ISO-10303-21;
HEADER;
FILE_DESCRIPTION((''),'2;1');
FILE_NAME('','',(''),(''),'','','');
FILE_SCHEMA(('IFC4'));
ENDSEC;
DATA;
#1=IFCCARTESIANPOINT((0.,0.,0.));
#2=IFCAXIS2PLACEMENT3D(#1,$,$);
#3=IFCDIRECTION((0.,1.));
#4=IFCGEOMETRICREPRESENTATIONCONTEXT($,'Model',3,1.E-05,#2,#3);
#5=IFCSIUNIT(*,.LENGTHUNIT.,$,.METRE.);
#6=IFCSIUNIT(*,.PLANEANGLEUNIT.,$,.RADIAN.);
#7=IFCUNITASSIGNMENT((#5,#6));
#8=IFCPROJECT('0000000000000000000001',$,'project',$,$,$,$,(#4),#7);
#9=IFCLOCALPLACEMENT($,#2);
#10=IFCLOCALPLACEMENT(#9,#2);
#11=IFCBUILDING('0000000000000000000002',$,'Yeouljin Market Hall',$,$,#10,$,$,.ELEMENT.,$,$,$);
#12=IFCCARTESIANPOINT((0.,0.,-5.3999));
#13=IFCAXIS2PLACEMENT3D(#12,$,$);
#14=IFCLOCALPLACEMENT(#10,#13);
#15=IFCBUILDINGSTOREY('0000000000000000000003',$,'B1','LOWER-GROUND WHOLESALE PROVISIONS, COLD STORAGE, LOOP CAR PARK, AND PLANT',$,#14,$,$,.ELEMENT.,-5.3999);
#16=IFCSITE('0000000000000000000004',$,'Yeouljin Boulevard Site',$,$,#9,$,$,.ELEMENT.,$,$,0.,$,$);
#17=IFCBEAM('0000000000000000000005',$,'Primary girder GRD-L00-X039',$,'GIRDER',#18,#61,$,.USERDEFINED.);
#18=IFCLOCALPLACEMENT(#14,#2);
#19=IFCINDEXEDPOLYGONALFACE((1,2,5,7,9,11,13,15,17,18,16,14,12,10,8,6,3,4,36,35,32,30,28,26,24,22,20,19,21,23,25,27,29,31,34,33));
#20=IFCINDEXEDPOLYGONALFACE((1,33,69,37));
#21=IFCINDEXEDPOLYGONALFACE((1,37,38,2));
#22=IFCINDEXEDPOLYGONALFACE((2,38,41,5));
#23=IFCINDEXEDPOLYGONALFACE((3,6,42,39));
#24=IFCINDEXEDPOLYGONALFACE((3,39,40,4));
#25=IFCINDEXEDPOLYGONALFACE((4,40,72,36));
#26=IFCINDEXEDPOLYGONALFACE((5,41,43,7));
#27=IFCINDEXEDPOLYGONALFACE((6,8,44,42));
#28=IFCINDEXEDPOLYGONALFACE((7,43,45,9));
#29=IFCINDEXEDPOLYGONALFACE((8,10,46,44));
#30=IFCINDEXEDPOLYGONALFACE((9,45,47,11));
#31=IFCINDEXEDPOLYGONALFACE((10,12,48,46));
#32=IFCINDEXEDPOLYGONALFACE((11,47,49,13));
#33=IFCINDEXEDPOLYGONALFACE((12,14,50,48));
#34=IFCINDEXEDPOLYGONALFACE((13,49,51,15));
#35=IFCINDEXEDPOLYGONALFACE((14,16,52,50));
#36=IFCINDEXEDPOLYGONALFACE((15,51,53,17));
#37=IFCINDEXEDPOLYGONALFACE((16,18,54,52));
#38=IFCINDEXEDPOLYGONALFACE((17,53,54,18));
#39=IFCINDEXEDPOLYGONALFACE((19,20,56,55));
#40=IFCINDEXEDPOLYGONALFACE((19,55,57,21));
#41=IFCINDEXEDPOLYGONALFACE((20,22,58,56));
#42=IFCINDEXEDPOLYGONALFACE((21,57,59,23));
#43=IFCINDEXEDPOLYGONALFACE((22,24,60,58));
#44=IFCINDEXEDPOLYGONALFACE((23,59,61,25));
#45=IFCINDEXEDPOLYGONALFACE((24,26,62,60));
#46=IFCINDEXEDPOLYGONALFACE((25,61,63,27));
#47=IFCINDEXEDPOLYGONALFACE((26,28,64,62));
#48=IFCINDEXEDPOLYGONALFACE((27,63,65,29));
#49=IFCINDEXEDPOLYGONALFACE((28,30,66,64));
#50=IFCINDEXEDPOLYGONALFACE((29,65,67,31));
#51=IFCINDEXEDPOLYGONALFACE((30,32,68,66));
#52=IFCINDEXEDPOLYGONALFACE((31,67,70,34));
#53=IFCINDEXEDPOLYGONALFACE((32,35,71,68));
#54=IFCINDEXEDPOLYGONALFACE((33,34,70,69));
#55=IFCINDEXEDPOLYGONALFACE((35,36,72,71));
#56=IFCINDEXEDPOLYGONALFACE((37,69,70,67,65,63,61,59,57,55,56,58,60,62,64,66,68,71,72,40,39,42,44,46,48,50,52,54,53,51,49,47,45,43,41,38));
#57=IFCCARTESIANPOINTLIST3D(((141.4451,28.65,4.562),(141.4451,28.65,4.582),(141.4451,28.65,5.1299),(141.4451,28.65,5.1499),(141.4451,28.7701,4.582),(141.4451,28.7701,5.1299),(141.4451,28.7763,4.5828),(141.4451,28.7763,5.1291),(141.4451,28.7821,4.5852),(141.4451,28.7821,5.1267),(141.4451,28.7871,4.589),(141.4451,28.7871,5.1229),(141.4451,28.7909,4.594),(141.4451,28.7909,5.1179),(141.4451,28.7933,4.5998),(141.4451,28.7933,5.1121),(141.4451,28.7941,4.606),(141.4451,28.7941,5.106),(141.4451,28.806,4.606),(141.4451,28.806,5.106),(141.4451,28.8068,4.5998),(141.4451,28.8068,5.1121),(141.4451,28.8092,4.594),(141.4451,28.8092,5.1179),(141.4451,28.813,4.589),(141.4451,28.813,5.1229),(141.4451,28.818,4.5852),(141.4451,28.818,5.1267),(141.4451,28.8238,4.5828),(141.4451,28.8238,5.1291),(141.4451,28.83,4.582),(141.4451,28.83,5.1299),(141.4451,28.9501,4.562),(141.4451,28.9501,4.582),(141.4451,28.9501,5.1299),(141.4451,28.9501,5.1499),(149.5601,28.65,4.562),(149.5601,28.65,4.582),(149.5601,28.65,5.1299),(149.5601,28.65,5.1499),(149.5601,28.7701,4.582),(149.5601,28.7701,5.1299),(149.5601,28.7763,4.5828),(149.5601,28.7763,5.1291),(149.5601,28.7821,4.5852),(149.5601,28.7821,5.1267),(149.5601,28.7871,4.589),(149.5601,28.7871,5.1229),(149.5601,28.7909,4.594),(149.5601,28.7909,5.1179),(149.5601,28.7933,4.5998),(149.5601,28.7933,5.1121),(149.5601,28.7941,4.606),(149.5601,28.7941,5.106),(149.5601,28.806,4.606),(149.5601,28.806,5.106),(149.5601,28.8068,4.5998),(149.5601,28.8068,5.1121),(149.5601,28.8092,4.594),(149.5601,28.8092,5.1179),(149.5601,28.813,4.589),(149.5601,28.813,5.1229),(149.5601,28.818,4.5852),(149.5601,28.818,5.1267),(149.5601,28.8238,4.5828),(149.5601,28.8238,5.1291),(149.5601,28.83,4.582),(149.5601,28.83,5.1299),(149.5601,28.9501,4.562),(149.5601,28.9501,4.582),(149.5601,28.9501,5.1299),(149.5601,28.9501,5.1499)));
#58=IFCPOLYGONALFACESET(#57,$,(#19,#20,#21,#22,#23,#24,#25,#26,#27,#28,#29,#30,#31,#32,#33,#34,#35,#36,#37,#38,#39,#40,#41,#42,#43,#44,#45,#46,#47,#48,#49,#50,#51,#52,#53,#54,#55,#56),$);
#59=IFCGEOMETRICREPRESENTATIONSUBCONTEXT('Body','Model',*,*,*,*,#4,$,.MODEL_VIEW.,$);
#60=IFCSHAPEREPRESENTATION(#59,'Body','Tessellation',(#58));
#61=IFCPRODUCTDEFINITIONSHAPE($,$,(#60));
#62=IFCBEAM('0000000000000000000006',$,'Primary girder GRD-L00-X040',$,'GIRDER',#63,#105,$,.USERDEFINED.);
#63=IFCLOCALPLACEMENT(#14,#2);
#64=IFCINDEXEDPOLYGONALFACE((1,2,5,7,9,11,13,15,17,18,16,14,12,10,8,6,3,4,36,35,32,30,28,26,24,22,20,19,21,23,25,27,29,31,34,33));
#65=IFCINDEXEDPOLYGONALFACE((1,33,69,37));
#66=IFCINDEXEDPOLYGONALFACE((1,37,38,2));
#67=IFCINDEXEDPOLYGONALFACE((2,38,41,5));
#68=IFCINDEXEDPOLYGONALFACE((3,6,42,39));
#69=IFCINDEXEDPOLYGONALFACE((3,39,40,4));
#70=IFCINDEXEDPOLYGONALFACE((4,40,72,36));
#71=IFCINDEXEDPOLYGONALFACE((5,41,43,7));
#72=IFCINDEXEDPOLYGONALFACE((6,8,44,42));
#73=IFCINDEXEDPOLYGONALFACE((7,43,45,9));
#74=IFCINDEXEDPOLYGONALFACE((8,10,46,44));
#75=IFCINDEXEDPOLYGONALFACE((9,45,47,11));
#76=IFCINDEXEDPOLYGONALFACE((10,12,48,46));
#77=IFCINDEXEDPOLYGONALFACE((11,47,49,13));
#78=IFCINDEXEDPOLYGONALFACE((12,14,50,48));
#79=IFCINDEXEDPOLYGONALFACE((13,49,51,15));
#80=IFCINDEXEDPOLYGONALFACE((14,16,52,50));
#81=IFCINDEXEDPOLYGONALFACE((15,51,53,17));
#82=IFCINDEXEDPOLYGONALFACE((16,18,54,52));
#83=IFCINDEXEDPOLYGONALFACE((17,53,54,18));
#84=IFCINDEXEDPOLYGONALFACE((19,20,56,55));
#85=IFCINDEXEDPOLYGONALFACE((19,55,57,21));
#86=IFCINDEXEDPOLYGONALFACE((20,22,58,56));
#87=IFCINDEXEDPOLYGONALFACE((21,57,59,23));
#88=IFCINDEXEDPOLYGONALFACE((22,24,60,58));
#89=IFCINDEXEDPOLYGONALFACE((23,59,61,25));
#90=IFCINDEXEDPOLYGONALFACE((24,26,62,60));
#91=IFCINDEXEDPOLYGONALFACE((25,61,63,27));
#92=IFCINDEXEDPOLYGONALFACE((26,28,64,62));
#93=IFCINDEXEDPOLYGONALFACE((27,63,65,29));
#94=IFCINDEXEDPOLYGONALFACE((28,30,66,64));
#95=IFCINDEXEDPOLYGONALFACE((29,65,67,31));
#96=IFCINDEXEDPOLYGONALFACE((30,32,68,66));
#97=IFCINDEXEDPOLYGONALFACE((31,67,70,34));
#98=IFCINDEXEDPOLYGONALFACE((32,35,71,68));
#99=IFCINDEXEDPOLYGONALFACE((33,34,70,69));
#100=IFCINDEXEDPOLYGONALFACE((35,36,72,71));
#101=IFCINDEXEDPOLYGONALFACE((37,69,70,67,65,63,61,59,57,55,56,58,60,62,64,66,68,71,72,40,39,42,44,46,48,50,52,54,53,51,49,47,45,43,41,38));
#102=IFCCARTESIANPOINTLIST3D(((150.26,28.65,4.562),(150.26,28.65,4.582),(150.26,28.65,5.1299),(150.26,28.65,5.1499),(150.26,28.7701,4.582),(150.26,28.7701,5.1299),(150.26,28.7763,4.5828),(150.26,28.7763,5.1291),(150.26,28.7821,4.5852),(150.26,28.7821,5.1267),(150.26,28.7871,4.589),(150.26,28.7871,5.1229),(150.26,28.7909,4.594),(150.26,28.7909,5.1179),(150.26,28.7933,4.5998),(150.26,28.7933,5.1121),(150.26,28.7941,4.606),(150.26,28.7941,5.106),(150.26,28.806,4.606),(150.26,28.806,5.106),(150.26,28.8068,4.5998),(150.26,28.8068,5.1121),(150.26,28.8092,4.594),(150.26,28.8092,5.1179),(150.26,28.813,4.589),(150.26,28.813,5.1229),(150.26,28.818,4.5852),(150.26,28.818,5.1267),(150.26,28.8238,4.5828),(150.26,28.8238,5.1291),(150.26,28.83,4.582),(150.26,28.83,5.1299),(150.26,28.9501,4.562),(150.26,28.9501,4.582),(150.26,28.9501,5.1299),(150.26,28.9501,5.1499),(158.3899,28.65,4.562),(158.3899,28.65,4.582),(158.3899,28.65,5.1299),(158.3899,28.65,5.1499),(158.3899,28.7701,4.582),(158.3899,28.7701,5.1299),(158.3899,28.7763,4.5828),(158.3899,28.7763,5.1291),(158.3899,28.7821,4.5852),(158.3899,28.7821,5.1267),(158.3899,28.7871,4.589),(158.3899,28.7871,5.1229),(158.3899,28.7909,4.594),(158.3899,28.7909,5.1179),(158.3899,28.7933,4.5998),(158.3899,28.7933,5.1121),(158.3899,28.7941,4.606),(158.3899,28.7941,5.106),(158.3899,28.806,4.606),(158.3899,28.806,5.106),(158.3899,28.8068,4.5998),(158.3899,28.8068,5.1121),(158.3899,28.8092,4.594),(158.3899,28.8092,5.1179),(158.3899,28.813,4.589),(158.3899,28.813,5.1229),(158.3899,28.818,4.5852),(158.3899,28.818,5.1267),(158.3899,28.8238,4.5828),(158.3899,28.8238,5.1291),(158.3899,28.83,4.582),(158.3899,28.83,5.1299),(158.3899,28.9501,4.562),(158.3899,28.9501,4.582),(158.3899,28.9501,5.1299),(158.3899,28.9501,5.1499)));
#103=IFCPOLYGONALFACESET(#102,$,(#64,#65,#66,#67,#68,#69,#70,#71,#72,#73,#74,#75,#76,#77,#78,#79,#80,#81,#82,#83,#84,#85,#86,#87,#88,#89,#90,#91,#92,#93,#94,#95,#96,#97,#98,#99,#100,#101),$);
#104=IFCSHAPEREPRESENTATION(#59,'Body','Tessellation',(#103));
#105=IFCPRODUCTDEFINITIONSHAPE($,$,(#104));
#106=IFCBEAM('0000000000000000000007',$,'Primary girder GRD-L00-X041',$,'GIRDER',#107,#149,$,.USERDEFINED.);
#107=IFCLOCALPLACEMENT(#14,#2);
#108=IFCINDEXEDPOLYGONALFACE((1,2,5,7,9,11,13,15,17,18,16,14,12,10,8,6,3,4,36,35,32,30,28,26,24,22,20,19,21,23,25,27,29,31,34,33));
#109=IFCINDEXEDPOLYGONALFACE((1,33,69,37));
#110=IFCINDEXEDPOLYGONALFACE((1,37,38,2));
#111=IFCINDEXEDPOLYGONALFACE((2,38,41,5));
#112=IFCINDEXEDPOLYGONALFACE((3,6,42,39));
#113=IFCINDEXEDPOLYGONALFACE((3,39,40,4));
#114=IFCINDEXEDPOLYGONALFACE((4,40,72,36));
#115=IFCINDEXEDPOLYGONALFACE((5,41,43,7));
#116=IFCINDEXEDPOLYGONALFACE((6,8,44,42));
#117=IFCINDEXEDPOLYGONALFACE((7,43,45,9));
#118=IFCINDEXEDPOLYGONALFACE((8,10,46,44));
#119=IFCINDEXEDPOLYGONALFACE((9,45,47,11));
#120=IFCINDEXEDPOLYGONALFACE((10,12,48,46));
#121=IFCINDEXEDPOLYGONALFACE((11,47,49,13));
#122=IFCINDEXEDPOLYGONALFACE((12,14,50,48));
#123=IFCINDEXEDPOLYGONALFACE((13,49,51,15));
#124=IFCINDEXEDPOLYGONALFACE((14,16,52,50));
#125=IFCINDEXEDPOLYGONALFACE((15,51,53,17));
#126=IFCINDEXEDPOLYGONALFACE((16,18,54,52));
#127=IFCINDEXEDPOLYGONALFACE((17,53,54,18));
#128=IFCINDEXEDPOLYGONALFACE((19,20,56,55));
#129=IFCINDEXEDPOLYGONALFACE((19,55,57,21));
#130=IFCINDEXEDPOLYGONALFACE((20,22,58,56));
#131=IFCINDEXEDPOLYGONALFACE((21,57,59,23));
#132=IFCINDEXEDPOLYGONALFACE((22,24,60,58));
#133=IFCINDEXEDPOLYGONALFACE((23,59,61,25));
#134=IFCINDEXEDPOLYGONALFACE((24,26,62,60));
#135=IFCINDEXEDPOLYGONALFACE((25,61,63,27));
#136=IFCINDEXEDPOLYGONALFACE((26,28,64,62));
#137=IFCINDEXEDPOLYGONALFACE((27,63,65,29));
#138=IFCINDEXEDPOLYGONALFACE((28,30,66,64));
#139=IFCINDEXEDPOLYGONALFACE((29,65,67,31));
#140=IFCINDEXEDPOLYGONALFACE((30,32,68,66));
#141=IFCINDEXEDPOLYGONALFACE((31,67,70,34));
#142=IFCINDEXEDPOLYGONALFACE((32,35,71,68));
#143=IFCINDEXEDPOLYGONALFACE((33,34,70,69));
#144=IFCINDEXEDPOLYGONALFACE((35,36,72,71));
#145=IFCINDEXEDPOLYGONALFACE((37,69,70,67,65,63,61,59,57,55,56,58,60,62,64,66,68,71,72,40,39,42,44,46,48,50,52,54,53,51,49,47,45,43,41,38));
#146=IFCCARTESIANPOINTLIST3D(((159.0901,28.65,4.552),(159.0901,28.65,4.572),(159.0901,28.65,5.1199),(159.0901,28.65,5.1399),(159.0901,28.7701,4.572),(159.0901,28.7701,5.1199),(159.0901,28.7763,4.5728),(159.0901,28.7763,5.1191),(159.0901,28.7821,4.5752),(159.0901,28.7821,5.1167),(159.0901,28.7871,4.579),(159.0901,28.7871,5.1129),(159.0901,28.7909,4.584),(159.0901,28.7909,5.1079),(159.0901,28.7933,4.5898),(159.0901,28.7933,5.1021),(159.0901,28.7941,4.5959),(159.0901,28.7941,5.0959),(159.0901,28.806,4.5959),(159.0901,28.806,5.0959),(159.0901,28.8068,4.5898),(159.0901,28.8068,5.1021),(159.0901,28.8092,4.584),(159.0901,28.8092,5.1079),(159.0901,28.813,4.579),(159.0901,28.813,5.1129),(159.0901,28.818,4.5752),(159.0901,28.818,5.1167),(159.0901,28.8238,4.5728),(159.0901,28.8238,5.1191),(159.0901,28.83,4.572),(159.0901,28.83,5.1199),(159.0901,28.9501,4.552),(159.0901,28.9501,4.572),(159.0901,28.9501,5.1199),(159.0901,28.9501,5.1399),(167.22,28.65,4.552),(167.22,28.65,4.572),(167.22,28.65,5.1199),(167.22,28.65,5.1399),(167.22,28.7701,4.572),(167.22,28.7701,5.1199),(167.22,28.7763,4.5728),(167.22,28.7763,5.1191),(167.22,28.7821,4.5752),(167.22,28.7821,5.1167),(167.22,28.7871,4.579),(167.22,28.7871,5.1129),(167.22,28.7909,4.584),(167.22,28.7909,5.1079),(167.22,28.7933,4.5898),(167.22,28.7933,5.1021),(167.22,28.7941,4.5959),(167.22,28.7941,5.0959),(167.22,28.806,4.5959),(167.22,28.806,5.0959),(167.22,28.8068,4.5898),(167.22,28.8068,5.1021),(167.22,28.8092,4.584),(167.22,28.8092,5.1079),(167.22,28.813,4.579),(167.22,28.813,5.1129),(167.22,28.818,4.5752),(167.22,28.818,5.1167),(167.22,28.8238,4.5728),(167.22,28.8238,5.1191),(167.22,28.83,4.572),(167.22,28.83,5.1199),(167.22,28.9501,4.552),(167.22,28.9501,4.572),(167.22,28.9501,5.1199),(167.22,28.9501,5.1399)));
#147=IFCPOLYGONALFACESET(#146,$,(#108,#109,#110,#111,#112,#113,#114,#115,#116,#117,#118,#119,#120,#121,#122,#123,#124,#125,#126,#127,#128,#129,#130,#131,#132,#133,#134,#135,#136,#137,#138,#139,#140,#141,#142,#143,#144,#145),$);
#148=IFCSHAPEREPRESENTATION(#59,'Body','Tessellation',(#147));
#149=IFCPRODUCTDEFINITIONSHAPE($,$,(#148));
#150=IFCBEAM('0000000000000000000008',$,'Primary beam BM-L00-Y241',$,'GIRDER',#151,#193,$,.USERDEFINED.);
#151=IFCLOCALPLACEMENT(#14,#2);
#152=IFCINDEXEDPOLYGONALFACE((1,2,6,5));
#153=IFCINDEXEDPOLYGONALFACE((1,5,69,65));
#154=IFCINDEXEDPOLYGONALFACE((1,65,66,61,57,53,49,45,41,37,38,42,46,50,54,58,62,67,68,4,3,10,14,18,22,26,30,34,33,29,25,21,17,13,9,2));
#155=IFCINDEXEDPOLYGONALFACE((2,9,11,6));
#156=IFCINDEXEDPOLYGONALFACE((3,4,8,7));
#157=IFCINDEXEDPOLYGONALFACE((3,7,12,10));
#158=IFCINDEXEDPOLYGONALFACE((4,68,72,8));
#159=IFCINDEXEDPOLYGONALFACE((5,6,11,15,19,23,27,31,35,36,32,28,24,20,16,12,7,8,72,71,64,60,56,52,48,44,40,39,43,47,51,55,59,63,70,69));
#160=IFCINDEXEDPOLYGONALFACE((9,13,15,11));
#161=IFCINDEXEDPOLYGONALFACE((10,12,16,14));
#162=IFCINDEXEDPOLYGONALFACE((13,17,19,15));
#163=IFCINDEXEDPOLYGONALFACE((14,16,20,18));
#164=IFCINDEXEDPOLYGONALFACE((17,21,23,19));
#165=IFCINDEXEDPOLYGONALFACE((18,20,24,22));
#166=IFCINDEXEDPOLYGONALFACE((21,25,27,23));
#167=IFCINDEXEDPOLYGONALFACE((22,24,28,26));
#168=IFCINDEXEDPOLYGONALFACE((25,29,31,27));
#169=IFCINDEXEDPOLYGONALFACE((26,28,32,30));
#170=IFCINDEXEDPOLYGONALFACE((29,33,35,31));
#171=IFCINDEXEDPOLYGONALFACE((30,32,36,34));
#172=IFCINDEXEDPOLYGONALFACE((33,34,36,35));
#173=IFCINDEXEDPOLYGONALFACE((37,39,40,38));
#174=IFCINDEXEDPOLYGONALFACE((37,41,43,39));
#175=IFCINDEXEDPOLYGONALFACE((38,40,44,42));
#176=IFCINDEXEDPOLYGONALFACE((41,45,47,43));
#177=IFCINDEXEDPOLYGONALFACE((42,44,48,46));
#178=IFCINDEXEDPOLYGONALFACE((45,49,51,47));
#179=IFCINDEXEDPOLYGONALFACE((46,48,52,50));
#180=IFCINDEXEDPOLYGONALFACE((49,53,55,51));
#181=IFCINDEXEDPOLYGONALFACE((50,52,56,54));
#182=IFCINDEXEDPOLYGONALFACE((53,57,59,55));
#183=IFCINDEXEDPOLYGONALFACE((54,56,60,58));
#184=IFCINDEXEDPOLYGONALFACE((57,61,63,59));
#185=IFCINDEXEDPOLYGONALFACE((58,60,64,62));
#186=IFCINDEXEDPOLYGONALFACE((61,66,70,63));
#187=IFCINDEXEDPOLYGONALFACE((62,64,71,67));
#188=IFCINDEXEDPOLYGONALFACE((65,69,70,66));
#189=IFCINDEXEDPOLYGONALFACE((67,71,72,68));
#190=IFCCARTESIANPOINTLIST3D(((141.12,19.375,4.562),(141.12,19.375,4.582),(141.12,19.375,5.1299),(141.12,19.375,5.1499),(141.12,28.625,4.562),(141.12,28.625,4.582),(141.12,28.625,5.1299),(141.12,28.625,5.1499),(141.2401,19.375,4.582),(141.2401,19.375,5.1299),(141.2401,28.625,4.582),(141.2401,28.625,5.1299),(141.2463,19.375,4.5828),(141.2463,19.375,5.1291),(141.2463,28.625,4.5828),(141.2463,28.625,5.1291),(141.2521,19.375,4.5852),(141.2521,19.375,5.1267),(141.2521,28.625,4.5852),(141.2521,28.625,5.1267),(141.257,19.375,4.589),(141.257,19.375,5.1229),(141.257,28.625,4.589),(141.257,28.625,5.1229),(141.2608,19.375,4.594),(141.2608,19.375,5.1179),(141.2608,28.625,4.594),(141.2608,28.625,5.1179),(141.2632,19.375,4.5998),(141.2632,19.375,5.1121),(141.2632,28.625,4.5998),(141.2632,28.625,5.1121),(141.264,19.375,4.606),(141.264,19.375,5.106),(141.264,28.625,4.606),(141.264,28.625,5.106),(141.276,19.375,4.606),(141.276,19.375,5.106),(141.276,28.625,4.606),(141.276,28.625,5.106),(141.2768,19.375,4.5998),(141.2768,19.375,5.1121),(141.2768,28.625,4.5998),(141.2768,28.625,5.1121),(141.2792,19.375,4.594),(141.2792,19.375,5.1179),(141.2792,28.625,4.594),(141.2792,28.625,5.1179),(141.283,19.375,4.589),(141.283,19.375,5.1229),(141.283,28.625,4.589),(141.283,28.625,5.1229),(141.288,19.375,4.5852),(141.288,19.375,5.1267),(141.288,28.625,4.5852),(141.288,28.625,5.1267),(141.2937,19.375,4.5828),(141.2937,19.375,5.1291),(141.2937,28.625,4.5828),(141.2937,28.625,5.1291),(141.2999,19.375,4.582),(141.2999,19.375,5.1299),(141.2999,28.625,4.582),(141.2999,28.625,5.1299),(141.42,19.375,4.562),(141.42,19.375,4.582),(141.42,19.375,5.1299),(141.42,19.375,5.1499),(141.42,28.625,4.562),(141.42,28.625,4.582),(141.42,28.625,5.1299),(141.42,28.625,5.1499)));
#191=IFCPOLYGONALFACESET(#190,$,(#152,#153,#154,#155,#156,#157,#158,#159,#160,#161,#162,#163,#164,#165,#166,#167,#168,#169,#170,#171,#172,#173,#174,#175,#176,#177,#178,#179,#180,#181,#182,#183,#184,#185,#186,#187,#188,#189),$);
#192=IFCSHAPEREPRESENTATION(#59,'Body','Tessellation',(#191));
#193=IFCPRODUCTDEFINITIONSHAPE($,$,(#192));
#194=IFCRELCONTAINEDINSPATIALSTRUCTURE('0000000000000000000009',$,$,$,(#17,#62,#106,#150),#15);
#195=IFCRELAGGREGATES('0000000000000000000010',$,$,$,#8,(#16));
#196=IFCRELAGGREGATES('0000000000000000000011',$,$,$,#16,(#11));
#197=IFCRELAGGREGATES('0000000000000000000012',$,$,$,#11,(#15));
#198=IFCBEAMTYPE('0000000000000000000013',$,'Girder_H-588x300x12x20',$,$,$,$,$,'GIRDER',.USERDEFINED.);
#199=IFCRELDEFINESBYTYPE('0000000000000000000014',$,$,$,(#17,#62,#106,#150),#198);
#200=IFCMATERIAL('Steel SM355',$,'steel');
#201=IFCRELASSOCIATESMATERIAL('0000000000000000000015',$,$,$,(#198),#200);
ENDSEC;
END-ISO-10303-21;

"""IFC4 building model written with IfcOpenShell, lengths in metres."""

from ifc_helpers import new_model, si_unit, direction, frame, origin, origin_2d, place, context, subcontext, project, spatial, i_section, extrude, material, material_profile, profile_set, type_object, element, save


model = new_model("IFC4")

# Units and contexts
model_context = context("Model", 3, precision=1e-05, world=origin(), true_north=direction((0.0, 1.0)))
body_context = subcontext(model_context, "Body", "Model", "MODEL_VIEW")
ifc_project = project(units=[si_unit("LENGTHUNIT", "METRE"), si_unit("PLANEANGLEUNIT", "RADIAN")], contexts=[model_context])

# Site, building, storey
site_placement = place(None, origin())
site = spatial("IfcSite", under=ifc_project, at=site_placement, Name="Yeouljin Boulevard Site", CompositionType="ELEMENT", RefElevation=0.0)
building_placement = place(site_placement, origin())
building = spatial("IfcBuilding", under=site, at=building_placement, Name="Yeouljin Market Hall", CompositionType="ELEMENT")
storey_placement = place(building_placement, frame((0.0, 0.0, -5.3999)))
storey = spatial("IfcBuildingStorey", under=building, at=storey_placement, Name="B1", Description="LOWER-GROUND WHOLESALE PROVISIONS, COLD STORAGE, LOOP CAR PARK, AND PLANT", CompositionType="ELEMENT", Elevation=-5.3999)

# Beams
ifc_material_1 = material(Name="Steel SM355", Category="steel")
ifc_material_profile_1 = material_profile(ifc_material_1, i_section(OverallWidth=0.3, OverallDepth=0.5879, WebThickness=0.012, FlangeThickness=0.02, FilletRadius=0.0239, at=origin_2d()), Name="H-588x300x12x20")
ifc_profile_set_1 = profile_set([ifc_material_profile_1], Name="Steel SM355")
beam_type = type_object("IfcBeamType", Name="Girder_H-588x300x12x20", ElementType="GIRDER", PredefinedType="USERDEFINED", material=ifc_profile_set_1)
beam_1_placement = place(storey_placement, frame((141.4451, 28.8, 4.856), z_axis=(1.0, 0.0, 0.0), x_axis=(0.0, 1.0, 0.0)))
element("IfcBeam", 1, at=beam_1_placement, inside=storey, type_object=beam_type, Name="Primary girder GRD-L00-X039", ObjectType="GIRDER", PredefinedType="USERDEFINED", context=body_context, shape_type="SweptSolid", body=[
    extrude(i_section(OverallWidth=0.3, OverallDepth=0.5879, WebThickness=0.012, FlangeThickness=0.02, FilletRadius=0.0239, at=origin_2d()), origin(), (0.0, 0.0, 1.0), 8.115),
])
for number, where, z_axis, x_axis, name in (
    (2, (150.26, 28.8, 4.856), (1.0, 0.0, 0.0), (0.0, 1.0, 0.0), "Primary girder GRD-L00-X040"),
    (3, (159.0901, 28.8, 4.8459), (1.0, 0.0, 0.0), (0.0, 1.0, 0.0), "Primary girder GRD-L00-X041"),
):
    element("IfcBeam", number, at=place(storey_placement, frame(where, z_axis=z_axis, x_axis=x_axis)), inside=storey, type_object=beam_type, Name=name, ObjectType="GIRDER", PredefinedType="USERDEFINED", context=body_context, shape_type="SweptSolid", body=[
        extrude(i_section(OverallWidth=0.3, OverallDepth=0.5879, WebThickness=0.012, FlangeThickness=0.02, FilletRadius=0.0239, at=origin_2d()), origin(), (0.0, 0.0, 1.0), 8.1299),
    ])
beam_2_placement = place(storey_placement, frame((141.27, 19.375, 4.856), z_axis=(0.0, 1.0, 0.0), x_axis=(-1.0, 0.0, 0.0)))
element("IfcBeam", 4, at=beam_2_placement, inside=storey, type_object=beam_type, Name="Primary beam BM-L00-Y241", ObjectType="GIRDER", PredefinedType="USERDEFINED", context=body_context, shape_type="SweptSolid", body=[
    extrude(i_section(OverallWidth=0.3, OverallDepth=0.5879, WebThickness=0.012, FlangeThickness=0.02, FilletRadius=0.0239, at=origin_2d()), origin(), (0.0, 0.0, 1.0), 9.25),
])

save(model, "model.ifc")
